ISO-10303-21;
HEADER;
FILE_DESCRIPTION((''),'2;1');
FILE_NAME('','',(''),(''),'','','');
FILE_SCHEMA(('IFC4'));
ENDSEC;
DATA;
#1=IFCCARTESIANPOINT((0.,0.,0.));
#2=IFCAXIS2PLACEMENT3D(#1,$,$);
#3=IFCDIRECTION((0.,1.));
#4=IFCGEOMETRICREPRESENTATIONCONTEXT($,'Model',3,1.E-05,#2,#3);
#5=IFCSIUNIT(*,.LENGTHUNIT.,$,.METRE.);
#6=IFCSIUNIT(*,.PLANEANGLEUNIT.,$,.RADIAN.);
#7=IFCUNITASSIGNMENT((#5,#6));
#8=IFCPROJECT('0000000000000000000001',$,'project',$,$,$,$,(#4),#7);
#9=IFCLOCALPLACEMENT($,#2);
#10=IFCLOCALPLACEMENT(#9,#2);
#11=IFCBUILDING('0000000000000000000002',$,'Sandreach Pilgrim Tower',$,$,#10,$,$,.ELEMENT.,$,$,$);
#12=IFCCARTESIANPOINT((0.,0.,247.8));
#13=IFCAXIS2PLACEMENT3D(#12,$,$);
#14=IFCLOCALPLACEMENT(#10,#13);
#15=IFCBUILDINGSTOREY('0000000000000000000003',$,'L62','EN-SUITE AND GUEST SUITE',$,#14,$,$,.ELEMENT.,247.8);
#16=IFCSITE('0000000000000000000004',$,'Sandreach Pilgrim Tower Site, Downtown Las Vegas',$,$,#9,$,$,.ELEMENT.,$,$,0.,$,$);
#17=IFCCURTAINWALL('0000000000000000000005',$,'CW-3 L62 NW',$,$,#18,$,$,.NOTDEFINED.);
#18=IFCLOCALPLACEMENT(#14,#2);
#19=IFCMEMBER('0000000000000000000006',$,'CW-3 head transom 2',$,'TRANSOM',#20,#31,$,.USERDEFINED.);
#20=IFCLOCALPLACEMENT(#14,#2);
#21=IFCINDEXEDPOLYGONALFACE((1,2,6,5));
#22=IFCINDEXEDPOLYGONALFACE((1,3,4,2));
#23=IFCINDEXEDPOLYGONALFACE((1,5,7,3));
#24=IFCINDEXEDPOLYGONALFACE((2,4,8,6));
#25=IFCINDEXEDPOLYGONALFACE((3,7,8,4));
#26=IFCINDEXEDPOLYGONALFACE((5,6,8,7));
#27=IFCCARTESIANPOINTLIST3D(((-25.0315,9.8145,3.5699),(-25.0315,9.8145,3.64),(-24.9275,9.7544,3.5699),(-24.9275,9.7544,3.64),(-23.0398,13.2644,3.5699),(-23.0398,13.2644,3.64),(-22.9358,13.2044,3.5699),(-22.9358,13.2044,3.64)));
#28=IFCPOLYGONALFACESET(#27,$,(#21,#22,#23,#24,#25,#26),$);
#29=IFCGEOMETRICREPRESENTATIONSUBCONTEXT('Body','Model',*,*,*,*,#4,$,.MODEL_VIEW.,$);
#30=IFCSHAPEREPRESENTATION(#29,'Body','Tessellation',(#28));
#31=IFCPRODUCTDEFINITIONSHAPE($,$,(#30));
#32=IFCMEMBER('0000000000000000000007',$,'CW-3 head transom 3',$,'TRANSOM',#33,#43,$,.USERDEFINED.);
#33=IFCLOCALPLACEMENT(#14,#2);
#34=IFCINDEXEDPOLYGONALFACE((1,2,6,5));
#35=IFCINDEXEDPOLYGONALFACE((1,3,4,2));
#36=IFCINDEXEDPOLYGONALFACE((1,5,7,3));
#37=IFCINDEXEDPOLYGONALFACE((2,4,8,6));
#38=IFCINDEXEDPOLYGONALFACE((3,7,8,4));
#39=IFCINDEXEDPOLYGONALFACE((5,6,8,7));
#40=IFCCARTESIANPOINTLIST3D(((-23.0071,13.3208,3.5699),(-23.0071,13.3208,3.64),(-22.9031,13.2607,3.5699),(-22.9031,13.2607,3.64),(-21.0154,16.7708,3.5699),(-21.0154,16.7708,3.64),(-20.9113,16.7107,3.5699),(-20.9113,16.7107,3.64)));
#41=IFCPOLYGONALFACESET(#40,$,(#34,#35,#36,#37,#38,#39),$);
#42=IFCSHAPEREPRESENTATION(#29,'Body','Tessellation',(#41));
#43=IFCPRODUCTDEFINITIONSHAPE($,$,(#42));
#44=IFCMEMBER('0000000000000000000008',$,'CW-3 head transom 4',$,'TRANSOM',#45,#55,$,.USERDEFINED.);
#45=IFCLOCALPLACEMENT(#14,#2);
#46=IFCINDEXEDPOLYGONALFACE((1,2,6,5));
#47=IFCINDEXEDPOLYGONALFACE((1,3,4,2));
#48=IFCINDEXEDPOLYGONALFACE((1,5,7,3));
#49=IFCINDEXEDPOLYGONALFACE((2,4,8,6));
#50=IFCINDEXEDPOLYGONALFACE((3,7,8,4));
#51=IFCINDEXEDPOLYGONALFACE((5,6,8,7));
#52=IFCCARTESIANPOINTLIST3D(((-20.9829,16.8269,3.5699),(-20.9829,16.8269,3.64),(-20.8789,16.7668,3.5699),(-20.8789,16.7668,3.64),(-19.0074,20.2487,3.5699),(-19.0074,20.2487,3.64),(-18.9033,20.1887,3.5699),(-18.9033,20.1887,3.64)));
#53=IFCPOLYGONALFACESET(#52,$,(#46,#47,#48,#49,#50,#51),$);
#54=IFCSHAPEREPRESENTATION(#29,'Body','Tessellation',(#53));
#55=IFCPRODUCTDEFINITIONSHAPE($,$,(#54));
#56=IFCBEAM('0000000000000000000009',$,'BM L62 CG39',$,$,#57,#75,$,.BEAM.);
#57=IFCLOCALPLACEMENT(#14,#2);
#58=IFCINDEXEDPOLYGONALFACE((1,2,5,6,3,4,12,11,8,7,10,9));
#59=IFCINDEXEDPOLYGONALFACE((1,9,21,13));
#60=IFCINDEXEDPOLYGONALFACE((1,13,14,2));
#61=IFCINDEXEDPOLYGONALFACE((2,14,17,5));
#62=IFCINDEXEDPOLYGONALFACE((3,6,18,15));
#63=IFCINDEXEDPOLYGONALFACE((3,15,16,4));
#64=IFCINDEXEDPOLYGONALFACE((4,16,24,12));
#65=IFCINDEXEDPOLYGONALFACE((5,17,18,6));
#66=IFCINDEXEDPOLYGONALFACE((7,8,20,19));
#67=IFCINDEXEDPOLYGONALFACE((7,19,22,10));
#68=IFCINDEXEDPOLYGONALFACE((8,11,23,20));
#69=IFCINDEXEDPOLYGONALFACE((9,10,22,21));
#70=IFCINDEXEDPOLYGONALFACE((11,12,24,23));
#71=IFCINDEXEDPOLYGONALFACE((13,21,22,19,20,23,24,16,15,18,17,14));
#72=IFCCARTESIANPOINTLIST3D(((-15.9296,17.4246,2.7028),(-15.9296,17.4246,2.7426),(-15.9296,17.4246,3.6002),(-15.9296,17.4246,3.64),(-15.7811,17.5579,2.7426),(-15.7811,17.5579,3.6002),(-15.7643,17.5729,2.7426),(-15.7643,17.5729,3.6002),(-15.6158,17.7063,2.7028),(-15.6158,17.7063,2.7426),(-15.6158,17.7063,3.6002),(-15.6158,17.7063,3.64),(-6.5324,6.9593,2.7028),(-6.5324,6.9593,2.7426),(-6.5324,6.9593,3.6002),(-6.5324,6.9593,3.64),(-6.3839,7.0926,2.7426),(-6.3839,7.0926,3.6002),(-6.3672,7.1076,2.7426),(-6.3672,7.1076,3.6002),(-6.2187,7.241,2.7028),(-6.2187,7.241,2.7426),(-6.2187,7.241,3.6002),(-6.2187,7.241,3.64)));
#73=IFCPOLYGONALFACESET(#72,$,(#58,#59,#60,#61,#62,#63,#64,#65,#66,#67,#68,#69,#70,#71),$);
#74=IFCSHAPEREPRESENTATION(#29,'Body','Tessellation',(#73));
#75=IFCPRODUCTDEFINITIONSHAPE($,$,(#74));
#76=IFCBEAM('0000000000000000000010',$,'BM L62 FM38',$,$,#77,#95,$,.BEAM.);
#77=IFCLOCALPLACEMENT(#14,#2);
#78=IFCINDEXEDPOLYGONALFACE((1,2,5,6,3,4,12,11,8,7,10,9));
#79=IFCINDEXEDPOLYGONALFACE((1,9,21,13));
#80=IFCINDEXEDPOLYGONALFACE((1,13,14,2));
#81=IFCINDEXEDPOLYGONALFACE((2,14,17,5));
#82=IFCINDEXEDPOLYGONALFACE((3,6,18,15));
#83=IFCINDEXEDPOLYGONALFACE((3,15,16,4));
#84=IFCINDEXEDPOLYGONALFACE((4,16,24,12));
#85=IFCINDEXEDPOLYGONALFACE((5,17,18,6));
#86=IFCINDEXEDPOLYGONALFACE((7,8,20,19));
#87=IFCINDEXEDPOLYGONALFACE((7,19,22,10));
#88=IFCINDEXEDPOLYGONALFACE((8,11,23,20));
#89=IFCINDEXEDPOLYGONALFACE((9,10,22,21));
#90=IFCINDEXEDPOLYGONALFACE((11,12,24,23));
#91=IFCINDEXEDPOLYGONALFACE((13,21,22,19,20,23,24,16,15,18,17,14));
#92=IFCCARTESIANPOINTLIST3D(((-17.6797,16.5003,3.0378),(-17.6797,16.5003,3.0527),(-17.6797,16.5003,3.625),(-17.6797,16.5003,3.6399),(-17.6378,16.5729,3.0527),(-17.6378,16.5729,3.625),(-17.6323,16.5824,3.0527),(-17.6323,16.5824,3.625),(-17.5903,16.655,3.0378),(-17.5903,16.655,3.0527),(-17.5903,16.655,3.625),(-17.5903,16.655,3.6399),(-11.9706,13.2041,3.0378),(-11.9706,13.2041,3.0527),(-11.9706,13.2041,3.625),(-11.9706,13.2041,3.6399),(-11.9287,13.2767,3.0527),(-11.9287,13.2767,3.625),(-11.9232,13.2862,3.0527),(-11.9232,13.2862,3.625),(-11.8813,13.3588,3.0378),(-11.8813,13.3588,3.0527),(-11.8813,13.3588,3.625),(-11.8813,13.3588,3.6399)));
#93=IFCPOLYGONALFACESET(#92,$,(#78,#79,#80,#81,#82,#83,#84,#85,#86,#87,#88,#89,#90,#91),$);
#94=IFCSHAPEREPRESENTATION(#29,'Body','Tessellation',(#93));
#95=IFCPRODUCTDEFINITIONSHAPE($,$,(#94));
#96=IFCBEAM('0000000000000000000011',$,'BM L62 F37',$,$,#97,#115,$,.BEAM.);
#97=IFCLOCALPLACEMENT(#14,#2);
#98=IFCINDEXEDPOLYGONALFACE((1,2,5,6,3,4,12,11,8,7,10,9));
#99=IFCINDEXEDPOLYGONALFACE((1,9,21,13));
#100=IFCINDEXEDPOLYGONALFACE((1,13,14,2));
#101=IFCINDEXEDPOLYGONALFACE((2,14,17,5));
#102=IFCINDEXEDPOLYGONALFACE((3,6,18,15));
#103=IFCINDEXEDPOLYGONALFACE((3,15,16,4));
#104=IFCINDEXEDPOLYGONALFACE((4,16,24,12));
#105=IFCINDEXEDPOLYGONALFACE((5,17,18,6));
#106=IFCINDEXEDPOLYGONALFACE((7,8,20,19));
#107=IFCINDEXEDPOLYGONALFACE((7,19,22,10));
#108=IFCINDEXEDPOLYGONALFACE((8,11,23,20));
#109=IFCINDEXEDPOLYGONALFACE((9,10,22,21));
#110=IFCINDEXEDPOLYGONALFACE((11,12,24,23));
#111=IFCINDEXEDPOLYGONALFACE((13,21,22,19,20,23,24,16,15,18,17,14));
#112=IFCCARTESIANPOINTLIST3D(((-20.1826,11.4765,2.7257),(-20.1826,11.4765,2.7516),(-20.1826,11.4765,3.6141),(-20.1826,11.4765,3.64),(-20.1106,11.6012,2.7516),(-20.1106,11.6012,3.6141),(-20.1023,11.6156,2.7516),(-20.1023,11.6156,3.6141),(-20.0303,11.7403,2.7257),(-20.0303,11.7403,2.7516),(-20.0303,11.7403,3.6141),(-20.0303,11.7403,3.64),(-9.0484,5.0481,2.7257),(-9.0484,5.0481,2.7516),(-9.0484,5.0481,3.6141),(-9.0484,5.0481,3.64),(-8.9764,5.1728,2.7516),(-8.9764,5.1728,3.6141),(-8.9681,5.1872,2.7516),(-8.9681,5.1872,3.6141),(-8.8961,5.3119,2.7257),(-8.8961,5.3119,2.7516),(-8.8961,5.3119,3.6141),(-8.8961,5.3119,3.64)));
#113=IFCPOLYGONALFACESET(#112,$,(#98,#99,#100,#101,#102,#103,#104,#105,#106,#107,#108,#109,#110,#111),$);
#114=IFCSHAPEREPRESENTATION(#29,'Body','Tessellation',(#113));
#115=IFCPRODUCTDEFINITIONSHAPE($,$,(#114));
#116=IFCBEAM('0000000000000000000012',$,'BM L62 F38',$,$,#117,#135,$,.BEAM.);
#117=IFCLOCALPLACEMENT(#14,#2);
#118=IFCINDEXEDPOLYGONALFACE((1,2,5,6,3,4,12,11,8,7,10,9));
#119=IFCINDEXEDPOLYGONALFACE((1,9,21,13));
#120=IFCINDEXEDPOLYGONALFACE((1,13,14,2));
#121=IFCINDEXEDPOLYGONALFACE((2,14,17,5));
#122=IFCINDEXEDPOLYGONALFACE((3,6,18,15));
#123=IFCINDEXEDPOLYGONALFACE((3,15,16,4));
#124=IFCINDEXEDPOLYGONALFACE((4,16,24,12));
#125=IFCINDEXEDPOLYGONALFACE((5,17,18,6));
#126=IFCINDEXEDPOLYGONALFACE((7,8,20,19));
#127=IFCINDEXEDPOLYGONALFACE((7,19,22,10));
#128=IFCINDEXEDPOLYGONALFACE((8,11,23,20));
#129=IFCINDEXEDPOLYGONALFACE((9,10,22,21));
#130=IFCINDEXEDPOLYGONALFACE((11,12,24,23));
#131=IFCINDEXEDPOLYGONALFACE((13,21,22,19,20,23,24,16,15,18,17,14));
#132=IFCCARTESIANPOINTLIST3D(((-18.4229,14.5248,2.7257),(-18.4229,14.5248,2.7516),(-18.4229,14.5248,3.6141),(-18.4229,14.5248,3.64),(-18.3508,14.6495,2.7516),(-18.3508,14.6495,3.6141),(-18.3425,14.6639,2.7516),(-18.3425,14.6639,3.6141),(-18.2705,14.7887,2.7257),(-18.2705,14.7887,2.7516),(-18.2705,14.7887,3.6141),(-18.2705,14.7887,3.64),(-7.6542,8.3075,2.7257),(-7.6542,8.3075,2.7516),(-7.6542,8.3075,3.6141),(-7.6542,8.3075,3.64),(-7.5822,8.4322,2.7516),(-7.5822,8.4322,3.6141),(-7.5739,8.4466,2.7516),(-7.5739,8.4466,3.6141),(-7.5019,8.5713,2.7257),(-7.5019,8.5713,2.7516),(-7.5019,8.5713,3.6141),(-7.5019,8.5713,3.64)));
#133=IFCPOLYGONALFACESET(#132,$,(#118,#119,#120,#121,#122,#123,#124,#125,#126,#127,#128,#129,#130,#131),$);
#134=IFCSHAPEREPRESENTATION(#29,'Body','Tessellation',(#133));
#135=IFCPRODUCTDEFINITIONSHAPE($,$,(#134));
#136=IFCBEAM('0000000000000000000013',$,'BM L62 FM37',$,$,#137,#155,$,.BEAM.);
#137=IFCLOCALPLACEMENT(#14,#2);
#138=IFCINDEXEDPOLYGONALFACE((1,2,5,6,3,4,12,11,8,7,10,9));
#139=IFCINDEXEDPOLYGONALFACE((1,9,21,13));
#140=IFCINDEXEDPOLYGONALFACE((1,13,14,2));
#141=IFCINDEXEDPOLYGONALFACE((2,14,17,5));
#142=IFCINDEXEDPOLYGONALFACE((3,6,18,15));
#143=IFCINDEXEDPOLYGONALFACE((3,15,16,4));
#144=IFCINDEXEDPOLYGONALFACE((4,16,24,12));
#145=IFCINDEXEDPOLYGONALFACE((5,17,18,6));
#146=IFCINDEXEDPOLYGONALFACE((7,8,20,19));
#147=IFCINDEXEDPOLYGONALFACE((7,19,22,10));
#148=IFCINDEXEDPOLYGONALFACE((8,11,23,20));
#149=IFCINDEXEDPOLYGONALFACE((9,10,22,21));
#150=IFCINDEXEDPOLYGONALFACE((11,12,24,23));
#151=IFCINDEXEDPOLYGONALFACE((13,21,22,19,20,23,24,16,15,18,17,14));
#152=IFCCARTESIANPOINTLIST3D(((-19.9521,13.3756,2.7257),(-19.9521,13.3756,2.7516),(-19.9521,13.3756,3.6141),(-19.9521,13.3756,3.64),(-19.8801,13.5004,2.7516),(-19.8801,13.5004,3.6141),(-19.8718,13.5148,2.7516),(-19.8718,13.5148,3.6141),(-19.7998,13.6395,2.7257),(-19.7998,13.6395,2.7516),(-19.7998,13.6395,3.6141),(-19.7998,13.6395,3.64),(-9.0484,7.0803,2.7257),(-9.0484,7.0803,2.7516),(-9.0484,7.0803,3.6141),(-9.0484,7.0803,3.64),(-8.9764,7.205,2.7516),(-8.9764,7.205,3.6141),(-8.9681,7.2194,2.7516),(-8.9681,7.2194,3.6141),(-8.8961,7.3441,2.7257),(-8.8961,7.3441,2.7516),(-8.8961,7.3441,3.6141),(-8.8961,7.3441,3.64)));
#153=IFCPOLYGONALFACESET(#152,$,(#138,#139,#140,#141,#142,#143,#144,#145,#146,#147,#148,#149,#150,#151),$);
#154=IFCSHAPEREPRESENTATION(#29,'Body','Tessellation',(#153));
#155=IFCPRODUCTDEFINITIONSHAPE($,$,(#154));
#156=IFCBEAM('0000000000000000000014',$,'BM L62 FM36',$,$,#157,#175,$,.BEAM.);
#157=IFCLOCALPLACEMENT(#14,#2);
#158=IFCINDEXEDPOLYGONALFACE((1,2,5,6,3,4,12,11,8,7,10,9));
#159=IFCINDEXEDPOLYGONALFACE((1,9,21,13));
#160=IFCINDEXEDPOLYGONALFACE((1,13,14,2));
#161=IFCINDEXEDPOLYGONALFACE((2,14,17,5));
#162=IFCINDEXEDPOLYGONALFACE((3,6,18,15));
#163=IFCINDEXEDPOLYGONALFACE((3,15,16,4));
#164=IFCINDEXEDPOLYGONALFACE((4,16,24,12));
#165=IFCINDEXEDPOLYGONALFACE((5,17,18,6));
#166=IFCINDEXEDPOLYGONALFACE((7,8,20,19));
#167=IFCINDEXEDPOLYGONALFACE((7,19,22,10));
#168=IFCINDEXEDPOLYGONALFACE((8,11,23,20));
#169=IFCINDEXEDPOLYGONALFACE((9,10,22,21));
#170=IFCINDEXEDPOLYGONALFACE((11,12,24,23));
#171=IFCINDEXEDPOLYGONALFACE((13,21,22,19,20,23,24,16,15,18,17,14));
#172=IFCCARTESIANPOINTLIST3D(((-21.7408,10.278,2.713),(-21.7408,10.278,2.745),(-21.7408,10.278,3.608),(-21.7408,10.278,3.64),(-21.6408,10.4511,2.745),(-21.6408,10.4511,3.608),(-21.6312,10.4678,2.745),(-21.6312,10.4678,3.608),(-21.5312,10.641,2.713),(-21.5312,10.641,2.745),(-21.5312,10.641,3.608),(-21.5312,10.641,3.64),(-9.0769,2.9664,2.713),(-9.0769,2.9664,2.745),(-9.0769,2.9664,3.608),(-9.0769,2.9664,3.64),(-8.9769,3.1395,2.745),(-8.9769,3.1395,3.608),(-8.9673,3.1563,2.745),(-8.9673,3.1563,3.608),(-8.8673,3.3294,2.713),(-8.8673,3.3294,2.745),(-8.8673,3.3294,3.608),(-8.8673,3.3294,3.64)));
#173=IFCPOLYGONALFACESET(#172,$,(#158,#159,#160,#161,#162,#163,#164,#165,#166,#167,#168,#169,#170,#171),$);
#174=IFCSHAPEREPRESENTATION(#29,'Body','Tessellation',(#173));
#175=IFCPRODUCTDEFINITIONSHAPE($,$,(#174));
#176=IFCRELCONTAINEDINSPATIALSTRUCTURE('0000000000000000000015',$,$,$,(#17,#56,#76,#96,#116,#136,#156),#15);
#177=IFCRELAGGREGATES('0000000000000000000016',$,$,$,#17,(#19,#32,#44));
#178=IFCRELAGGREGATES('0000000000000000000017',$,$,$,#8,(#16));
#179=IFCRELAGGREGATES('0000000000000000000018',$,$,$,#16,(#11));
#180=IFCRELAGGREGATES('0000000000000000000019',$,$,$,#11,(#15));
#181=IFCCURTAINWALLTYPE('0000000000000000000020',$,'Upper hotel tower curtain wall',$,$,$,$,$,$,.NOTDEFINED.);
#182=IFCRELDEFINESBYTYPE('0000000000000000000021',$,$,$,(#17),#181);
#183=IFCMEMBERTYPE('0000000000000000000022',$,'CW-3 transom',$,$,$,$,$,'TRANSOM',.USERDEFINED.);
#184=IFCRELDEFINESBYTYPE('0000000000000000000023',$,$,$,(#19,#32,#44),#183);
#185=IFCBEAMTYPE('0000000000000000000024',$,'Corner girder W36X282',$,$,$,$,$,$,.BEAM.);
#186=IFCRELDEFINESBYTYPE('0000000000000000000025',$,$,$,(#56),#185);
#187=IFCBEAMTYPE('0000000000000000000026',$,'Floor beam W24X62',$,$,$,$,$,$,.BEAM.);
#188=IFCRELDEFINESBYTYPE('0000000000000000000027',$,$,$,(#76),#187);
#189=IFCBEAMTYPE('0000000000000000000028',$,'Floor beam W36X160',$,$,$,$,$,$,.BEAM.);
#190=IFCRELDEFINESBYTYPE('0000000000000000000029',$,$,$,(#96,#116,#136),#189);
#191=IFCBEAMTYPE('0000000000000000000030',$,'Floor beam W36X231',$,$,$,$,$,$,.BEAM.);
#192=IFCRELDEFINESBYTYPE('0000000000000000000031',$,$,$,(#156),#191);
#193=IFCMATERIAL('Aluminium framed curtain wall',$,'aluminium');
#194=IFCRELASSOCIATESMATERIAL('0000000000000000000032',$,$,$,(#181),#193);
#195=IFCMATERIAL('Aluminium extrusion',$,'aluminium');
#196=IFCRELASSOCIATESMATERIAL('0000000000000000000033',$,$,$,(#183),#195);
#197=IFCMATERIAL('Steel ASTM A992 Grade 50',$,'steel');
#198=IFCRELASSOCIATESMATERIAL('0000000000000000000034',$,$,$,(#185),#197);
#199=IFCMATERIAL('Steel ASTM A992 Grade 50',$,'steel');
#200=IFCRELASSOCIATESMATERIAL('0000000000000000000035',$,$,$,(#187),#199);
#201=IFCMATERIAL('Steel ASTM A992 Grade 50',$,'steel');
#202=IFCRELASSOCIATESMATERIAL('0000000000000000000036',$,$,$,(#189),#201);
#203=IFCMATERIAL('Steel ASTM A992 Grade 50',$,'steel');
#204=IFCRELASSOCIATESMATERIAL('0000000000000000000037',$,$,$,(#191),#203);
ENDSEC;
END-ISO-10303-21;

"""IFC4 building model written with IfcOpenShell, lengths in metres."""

from ifc_helpers import new_model, si_unit, direction, frame, origin, origin_2d, place, context, subcontext, project, spatial, rectangle, i_section, extrude, material, material_profile, profile_set, type_object, element, aggregate, save


model = new_model("IFC4")

# Units and contexts
model_context = context("Model", 3, precision=1e-05, world=origin(), true_north=direction((0.0, 1.0)))
body_context = subcontext(model_context, "Body", "Model", "MODEL_VIEW")
ifc_project = project(units=[si_unit("LENGTHUNIT", "METRE"), si_unit("PLANEANGLEUNIT", "RADIAN")], contexts=[model_context])

# Site, building, storey
site_placement = place(None, origin())
site = spatial("IfcSite", under=ifc_project, at=site_placement, Name="Sandreach Pilgrim Tower Site, Downtown Las Vegas", CompositionType="ELEMENT", RefElevation=0.0)
building_placement = place(site_placement, origin())
building = spatial("IfcBuilding", under=site, at=building_placement, Name="Sandreach Pilgrim Tower", CompositionType="ELEMENT")
storey_placement = place(building_placement, frame((0.0, 0.0, 247.8)))
storey = spatial("IfcBuildingStorey", under=building, at=storey_placement, Name="L62", Description="EN-SUITE AND GUEST SUITE", CompositionType="ELEMENT", Elevation=247.8)

# Shared definitions
ifc_material_1 = material(Name="Aluminium framed curtain wall", Category="aluminium")
curtain_wall_type = type_object("IfcCurtainWallType", Name="Upper hotel tower curtain wall", PredefinedType="NOTDEFINED", material=ifc_material_1)

# Curtain wall
curtain_wall_1_placement = place(storey_placement, origin())
curtain_wall_1 = element("IfcCurtainWall", 1, at=curtain_wall_1_placement, inside=storey, type_object=curtain_wall_type, Name="CW-3 L62 NW", PredefinedType="NOTDEFINED")

# Members
ifc_material_2 = material(Name="Aluminium extrusion", Category="aluminium")
ifc_material_profile_1 = material_profile(ifc_material_2, rectangle(XDim=0.1201, YDim=0.0701, at=origin_2d()), Name="CW-3T 120X70")
ifc_profile_set_1 = profile_set([ifc_material_profile_1], Name="Aluminium extrusion")
member_type_1 = type_object("IfcMemberType", Name="CW-3 transom", ElementType="TRANSOM", PredefinedType="USERDEFINED", material=ifc_profile_set_1)
member_1_placement = place(storey_placement, frame((-24.9795, 9.7844, 3.605), z_axis=(0.499975, 0.86604, 0.0), x_axis=(-0.86604, 0.499975, 0.0)))
member_1 = element("IfcMember", 2, at=member_1_placement, type_object=member_type_1, Name="CW-3 head transom 2", ObjectType="TRANSOM", PredefinedType="USERDEFINED", context=body_context, shape_type="SweptSolid", body=[
    extrude(rectangle(XDim=0.1201, YDim=0.0701, at=origin_2d()), origin(), (0.0, 0.0, 1.0), 3.9836),
])
member_2_placement = place(storey_placement, frame((-22.9551, 13.2908, 3.605), z_axis=(0.499975, 0.86604, 0.0), x_axis=(-0.86604, 0.499975, 0.0)))
member_2 = element("IfcMember", 3, at=member_2_placement, type_object=member_type_1, Name="CW-3 head transom 3", ObjectType="TRANSOM", PredefinedType="USERDEFINED", context=body_context, shape_type="SweptSolid", body=[
    extrude(rectangle(XDim=0.1201, YDim=0.0701, at=origin_2d()), origin(), (0.0, 0.0, 1.0), 3.9836),
])
member_3_placement = place(storey_placement, frame((-20.9309, 16.7969, 3.605), z_axis=(0.499993, 0.866029, 0.0), x_axis=(-0.866029, 0.499993, 0.0)))
member_3 = element("IfcMember", 4, at=member_3_placement, type_object=member_type_1, Name="CW-3 head transom 4", ObjectType="TRANSOM", PredefinedType="USERDEFINED", context=body_context, shape_type="SweptSolid", body=[
    extrude(rectangle(XDim=0.1201, YDim=0.0701, at=origin_2d()), origin(), (0.0, 0.0, 1.0), 3.9512),
])

# Beams
ifc_material_3 = material(Name="Steel ASTM A992 Grade 50", Category="steel")
ifc_material_profile_2 = material_profile(ifc_material_3, i_section(OverallWidth=0.4216, OverallDepth=0.9373, WebThickness=0.0225, FlangeThickness=0.0398, at=origin_2d()), Name="W36X282")
ifc_profile_set_2 = profile_set([ifc_material_profile_2], Name="Steel ASTM A992 Grade 50")
beam_type_1 = type_object("IfcBeamType", Name="Corner girder W36X282", PredefinedType="BEAM", material=ifc_profile_set_2)
beam_1_placement = place(storey_placement, frame((-15.7727, 17.5654, 3.1714), z_axis=(0.668117, -0.744057, 0.0), x_axis=(0.744057, 0.668117, 0.0)))
element("IfcBeam", 5, at=beam_1_placement, inside=storey, type_object=beam_type_1, Name="BM L62 CG39", PredefinedType="BEAM", context=body_context, shape_type="SweptSolid", body=[
    extrude(i_section(OverallWidth=0.4216, OverallDepth=0.9373, WebThickness=0.0225, FlangeThickness=0.0398, at=origin_2d()), origin(), (0.0, 0.0, 1.0), 14.0652),
])
ifc_material_4 = material(Name="Steel ASTM A992 Grade 50", Category="steel")
ifc_material_profile_3 = material_profile(ifc_material_4, i_section(OverallWidth=0.1787, OverallDepth=0.6021, WebThickness=0.011, FlangeThickness=0.0149, at=origin_2d()), Name="W24X62")
ifc_profile_set_3 = profile_set([ifc_material_profile_3], Name="Steel ASTM A992 Grade 50")
beam_type_2 = type_object("IfcBeamType", Name="Floor beam W24X62", PredefinedType="BEAM", material=ifc_profile_set_3)
beam_2_placement = place(storey_placement, frame((-17.635, 16.5776, 3.3389), z_axis=(0.866022, -0.500007, 0.0), x_axis=(0.500007, 0.866022, 0.0)))
element("IfcBeam", 6, at=beam_2_placement, inside=storey, type_object=beam_type_2, Name="BM L62 FM38", PredefinedType="BEAM", context=body_context, shape_type="SweptSolid", body=[
    extrude(i_section(OverallWidth=0.1787, OverallDepth=0.6021, WebThickness=0.011, FlangeThickness=0.0149, at=origin_2d()), origin(), (0.0, 0.0, 1.0), 6.5923),
])
ifc_material_5 = material(Name="Steel ASTM A992 Grade 50", Category="steel")
ifc_material_profile_4 = material_profile(ifc_material_5, i_section(OverallWidth=0.3047, OverallDepth=0.9143, WebThickness=0.0166, FlangeThickness=0.0259, at=origin_2d()), Name="W36X160")
ifc_profile_set_4 = profile_set([ifc_material_profile_4], Name="Steel ASTM A992 Grade 50")
beam_type_3 = type_object("IfcBeamType", Name="Floor beam W36X160", PredefinedType="BEAM", material=ifc_profile_set_4)
beam_3_placement = place(storey_placement, frame((-20.1064, 11.6084, 3.1829), z_axis=(0.866022, -0.500005, 0.0), x_axis=(0.500005, 0.866022, 0.0)))
element("IfcBeam", 7, at=beam_3_placement, inside=storey, type_object=beam_type_3, Name="BM L62 F37", PredefinedType="BEAM", context=body_context, shape_type="SweptSolid", body=[
    extrude(i_section(OverallWidth=0.3047, OverallDepth=0.9143, WebThickness=0.0166, FlangeThickness=0.0259, at=origin_2d()), origin(), (0.0, 0.0, 1.0), 12.8567),
])
beam_4_placement = place(storey_placement, frame((-18.3467, 14.6567, 3.1829), z_axis=(0.866023, -0.500003, 0.0), x_axis=(0.500003, 0.866023, 0.0)))
element("IfcBeam", 8, at=beam_4_placement, inside=storey, type_object=beam_type_3, Name="BM L62 F38", PredefinedType="BEAM", context=body_context, shape_type="SweptSolid", body=[
    extrude(i_section(OverallWidth=0.3047, OverallDepth=0.9143, WebThickness=0.0166, FlangeThickness=0.0259, at=origin_2d()), origin(), (0.0, 0.0, 1.0), 12.4346),
])
beam_5_placement = place(storey_placement, frame((-19.876, 13.5076, 3.1829), z_axis=(0.866022, -0.500006, 0.0), x_axis=(0.500006, 0.866022, 0.0)))
element("IfcBeam", 9, at=beam_5_placement, inside=storey, type_object=beam_type_3, Name="BM L62 FM37", PredefinedType="BEAM", context=body_context, shape_type="SweptSolid", body=[
    extrude(i_section(OverallWidth=0.3047, OverallDepth=0.9143, WebThickness=0.0166, FlangeThickness=0.0259, at=origin_2d()), origin(), (0.0, 0.0, 1.0), 12.5906),
])
ifc_material_6 = material(Name="Steel ASTM A992 Grade 50", Category="steel")
ifc_material_profile_5 = material_profile(ifc_material_6, i_section(OverallWidth=0.4192, OverallDepth=0.927, WebThickness=0.0193, FlangeThickness=0.032, at=origin_2d()), Name="W36X231")
ifc_profile_set_5 = profile_set([ifc_material_profile_5], Name="Steel ASTM A992 Grade 50")
beam_type_4 = type_object("IfcBeamType", Name="Floor beam W36X231", PredefinedType="BEAM", material=ifc_profile_set_5)
beam_6_placement = place(storey_placement, frame((-21.636, 10.4595, 3.1765), z_axis=(0.866023, -0.500003, 0.0), x_axis=(0.500003, 0.866023, 0.0)))
element("IfcBeam", 10, at=beam_6_placement, inside=storey, type_object=beam_type_4, Name="BM L62 FM36", PredefinedType="BEAM", context=body_context, shape_type="SweptSolid", body=[
    extrude(i_section(OverallWidth=0.4192, OverallDepth=0.927, WebThickness=0.0193, FlangeThickness=0.032, at=origin_2d()), origin(), (0.0, 0.0, 1.0), 14.623),
])

aggregate(curtain_wall_1, [member_1, member_2, member_3])

save(model, "model.ifc")
